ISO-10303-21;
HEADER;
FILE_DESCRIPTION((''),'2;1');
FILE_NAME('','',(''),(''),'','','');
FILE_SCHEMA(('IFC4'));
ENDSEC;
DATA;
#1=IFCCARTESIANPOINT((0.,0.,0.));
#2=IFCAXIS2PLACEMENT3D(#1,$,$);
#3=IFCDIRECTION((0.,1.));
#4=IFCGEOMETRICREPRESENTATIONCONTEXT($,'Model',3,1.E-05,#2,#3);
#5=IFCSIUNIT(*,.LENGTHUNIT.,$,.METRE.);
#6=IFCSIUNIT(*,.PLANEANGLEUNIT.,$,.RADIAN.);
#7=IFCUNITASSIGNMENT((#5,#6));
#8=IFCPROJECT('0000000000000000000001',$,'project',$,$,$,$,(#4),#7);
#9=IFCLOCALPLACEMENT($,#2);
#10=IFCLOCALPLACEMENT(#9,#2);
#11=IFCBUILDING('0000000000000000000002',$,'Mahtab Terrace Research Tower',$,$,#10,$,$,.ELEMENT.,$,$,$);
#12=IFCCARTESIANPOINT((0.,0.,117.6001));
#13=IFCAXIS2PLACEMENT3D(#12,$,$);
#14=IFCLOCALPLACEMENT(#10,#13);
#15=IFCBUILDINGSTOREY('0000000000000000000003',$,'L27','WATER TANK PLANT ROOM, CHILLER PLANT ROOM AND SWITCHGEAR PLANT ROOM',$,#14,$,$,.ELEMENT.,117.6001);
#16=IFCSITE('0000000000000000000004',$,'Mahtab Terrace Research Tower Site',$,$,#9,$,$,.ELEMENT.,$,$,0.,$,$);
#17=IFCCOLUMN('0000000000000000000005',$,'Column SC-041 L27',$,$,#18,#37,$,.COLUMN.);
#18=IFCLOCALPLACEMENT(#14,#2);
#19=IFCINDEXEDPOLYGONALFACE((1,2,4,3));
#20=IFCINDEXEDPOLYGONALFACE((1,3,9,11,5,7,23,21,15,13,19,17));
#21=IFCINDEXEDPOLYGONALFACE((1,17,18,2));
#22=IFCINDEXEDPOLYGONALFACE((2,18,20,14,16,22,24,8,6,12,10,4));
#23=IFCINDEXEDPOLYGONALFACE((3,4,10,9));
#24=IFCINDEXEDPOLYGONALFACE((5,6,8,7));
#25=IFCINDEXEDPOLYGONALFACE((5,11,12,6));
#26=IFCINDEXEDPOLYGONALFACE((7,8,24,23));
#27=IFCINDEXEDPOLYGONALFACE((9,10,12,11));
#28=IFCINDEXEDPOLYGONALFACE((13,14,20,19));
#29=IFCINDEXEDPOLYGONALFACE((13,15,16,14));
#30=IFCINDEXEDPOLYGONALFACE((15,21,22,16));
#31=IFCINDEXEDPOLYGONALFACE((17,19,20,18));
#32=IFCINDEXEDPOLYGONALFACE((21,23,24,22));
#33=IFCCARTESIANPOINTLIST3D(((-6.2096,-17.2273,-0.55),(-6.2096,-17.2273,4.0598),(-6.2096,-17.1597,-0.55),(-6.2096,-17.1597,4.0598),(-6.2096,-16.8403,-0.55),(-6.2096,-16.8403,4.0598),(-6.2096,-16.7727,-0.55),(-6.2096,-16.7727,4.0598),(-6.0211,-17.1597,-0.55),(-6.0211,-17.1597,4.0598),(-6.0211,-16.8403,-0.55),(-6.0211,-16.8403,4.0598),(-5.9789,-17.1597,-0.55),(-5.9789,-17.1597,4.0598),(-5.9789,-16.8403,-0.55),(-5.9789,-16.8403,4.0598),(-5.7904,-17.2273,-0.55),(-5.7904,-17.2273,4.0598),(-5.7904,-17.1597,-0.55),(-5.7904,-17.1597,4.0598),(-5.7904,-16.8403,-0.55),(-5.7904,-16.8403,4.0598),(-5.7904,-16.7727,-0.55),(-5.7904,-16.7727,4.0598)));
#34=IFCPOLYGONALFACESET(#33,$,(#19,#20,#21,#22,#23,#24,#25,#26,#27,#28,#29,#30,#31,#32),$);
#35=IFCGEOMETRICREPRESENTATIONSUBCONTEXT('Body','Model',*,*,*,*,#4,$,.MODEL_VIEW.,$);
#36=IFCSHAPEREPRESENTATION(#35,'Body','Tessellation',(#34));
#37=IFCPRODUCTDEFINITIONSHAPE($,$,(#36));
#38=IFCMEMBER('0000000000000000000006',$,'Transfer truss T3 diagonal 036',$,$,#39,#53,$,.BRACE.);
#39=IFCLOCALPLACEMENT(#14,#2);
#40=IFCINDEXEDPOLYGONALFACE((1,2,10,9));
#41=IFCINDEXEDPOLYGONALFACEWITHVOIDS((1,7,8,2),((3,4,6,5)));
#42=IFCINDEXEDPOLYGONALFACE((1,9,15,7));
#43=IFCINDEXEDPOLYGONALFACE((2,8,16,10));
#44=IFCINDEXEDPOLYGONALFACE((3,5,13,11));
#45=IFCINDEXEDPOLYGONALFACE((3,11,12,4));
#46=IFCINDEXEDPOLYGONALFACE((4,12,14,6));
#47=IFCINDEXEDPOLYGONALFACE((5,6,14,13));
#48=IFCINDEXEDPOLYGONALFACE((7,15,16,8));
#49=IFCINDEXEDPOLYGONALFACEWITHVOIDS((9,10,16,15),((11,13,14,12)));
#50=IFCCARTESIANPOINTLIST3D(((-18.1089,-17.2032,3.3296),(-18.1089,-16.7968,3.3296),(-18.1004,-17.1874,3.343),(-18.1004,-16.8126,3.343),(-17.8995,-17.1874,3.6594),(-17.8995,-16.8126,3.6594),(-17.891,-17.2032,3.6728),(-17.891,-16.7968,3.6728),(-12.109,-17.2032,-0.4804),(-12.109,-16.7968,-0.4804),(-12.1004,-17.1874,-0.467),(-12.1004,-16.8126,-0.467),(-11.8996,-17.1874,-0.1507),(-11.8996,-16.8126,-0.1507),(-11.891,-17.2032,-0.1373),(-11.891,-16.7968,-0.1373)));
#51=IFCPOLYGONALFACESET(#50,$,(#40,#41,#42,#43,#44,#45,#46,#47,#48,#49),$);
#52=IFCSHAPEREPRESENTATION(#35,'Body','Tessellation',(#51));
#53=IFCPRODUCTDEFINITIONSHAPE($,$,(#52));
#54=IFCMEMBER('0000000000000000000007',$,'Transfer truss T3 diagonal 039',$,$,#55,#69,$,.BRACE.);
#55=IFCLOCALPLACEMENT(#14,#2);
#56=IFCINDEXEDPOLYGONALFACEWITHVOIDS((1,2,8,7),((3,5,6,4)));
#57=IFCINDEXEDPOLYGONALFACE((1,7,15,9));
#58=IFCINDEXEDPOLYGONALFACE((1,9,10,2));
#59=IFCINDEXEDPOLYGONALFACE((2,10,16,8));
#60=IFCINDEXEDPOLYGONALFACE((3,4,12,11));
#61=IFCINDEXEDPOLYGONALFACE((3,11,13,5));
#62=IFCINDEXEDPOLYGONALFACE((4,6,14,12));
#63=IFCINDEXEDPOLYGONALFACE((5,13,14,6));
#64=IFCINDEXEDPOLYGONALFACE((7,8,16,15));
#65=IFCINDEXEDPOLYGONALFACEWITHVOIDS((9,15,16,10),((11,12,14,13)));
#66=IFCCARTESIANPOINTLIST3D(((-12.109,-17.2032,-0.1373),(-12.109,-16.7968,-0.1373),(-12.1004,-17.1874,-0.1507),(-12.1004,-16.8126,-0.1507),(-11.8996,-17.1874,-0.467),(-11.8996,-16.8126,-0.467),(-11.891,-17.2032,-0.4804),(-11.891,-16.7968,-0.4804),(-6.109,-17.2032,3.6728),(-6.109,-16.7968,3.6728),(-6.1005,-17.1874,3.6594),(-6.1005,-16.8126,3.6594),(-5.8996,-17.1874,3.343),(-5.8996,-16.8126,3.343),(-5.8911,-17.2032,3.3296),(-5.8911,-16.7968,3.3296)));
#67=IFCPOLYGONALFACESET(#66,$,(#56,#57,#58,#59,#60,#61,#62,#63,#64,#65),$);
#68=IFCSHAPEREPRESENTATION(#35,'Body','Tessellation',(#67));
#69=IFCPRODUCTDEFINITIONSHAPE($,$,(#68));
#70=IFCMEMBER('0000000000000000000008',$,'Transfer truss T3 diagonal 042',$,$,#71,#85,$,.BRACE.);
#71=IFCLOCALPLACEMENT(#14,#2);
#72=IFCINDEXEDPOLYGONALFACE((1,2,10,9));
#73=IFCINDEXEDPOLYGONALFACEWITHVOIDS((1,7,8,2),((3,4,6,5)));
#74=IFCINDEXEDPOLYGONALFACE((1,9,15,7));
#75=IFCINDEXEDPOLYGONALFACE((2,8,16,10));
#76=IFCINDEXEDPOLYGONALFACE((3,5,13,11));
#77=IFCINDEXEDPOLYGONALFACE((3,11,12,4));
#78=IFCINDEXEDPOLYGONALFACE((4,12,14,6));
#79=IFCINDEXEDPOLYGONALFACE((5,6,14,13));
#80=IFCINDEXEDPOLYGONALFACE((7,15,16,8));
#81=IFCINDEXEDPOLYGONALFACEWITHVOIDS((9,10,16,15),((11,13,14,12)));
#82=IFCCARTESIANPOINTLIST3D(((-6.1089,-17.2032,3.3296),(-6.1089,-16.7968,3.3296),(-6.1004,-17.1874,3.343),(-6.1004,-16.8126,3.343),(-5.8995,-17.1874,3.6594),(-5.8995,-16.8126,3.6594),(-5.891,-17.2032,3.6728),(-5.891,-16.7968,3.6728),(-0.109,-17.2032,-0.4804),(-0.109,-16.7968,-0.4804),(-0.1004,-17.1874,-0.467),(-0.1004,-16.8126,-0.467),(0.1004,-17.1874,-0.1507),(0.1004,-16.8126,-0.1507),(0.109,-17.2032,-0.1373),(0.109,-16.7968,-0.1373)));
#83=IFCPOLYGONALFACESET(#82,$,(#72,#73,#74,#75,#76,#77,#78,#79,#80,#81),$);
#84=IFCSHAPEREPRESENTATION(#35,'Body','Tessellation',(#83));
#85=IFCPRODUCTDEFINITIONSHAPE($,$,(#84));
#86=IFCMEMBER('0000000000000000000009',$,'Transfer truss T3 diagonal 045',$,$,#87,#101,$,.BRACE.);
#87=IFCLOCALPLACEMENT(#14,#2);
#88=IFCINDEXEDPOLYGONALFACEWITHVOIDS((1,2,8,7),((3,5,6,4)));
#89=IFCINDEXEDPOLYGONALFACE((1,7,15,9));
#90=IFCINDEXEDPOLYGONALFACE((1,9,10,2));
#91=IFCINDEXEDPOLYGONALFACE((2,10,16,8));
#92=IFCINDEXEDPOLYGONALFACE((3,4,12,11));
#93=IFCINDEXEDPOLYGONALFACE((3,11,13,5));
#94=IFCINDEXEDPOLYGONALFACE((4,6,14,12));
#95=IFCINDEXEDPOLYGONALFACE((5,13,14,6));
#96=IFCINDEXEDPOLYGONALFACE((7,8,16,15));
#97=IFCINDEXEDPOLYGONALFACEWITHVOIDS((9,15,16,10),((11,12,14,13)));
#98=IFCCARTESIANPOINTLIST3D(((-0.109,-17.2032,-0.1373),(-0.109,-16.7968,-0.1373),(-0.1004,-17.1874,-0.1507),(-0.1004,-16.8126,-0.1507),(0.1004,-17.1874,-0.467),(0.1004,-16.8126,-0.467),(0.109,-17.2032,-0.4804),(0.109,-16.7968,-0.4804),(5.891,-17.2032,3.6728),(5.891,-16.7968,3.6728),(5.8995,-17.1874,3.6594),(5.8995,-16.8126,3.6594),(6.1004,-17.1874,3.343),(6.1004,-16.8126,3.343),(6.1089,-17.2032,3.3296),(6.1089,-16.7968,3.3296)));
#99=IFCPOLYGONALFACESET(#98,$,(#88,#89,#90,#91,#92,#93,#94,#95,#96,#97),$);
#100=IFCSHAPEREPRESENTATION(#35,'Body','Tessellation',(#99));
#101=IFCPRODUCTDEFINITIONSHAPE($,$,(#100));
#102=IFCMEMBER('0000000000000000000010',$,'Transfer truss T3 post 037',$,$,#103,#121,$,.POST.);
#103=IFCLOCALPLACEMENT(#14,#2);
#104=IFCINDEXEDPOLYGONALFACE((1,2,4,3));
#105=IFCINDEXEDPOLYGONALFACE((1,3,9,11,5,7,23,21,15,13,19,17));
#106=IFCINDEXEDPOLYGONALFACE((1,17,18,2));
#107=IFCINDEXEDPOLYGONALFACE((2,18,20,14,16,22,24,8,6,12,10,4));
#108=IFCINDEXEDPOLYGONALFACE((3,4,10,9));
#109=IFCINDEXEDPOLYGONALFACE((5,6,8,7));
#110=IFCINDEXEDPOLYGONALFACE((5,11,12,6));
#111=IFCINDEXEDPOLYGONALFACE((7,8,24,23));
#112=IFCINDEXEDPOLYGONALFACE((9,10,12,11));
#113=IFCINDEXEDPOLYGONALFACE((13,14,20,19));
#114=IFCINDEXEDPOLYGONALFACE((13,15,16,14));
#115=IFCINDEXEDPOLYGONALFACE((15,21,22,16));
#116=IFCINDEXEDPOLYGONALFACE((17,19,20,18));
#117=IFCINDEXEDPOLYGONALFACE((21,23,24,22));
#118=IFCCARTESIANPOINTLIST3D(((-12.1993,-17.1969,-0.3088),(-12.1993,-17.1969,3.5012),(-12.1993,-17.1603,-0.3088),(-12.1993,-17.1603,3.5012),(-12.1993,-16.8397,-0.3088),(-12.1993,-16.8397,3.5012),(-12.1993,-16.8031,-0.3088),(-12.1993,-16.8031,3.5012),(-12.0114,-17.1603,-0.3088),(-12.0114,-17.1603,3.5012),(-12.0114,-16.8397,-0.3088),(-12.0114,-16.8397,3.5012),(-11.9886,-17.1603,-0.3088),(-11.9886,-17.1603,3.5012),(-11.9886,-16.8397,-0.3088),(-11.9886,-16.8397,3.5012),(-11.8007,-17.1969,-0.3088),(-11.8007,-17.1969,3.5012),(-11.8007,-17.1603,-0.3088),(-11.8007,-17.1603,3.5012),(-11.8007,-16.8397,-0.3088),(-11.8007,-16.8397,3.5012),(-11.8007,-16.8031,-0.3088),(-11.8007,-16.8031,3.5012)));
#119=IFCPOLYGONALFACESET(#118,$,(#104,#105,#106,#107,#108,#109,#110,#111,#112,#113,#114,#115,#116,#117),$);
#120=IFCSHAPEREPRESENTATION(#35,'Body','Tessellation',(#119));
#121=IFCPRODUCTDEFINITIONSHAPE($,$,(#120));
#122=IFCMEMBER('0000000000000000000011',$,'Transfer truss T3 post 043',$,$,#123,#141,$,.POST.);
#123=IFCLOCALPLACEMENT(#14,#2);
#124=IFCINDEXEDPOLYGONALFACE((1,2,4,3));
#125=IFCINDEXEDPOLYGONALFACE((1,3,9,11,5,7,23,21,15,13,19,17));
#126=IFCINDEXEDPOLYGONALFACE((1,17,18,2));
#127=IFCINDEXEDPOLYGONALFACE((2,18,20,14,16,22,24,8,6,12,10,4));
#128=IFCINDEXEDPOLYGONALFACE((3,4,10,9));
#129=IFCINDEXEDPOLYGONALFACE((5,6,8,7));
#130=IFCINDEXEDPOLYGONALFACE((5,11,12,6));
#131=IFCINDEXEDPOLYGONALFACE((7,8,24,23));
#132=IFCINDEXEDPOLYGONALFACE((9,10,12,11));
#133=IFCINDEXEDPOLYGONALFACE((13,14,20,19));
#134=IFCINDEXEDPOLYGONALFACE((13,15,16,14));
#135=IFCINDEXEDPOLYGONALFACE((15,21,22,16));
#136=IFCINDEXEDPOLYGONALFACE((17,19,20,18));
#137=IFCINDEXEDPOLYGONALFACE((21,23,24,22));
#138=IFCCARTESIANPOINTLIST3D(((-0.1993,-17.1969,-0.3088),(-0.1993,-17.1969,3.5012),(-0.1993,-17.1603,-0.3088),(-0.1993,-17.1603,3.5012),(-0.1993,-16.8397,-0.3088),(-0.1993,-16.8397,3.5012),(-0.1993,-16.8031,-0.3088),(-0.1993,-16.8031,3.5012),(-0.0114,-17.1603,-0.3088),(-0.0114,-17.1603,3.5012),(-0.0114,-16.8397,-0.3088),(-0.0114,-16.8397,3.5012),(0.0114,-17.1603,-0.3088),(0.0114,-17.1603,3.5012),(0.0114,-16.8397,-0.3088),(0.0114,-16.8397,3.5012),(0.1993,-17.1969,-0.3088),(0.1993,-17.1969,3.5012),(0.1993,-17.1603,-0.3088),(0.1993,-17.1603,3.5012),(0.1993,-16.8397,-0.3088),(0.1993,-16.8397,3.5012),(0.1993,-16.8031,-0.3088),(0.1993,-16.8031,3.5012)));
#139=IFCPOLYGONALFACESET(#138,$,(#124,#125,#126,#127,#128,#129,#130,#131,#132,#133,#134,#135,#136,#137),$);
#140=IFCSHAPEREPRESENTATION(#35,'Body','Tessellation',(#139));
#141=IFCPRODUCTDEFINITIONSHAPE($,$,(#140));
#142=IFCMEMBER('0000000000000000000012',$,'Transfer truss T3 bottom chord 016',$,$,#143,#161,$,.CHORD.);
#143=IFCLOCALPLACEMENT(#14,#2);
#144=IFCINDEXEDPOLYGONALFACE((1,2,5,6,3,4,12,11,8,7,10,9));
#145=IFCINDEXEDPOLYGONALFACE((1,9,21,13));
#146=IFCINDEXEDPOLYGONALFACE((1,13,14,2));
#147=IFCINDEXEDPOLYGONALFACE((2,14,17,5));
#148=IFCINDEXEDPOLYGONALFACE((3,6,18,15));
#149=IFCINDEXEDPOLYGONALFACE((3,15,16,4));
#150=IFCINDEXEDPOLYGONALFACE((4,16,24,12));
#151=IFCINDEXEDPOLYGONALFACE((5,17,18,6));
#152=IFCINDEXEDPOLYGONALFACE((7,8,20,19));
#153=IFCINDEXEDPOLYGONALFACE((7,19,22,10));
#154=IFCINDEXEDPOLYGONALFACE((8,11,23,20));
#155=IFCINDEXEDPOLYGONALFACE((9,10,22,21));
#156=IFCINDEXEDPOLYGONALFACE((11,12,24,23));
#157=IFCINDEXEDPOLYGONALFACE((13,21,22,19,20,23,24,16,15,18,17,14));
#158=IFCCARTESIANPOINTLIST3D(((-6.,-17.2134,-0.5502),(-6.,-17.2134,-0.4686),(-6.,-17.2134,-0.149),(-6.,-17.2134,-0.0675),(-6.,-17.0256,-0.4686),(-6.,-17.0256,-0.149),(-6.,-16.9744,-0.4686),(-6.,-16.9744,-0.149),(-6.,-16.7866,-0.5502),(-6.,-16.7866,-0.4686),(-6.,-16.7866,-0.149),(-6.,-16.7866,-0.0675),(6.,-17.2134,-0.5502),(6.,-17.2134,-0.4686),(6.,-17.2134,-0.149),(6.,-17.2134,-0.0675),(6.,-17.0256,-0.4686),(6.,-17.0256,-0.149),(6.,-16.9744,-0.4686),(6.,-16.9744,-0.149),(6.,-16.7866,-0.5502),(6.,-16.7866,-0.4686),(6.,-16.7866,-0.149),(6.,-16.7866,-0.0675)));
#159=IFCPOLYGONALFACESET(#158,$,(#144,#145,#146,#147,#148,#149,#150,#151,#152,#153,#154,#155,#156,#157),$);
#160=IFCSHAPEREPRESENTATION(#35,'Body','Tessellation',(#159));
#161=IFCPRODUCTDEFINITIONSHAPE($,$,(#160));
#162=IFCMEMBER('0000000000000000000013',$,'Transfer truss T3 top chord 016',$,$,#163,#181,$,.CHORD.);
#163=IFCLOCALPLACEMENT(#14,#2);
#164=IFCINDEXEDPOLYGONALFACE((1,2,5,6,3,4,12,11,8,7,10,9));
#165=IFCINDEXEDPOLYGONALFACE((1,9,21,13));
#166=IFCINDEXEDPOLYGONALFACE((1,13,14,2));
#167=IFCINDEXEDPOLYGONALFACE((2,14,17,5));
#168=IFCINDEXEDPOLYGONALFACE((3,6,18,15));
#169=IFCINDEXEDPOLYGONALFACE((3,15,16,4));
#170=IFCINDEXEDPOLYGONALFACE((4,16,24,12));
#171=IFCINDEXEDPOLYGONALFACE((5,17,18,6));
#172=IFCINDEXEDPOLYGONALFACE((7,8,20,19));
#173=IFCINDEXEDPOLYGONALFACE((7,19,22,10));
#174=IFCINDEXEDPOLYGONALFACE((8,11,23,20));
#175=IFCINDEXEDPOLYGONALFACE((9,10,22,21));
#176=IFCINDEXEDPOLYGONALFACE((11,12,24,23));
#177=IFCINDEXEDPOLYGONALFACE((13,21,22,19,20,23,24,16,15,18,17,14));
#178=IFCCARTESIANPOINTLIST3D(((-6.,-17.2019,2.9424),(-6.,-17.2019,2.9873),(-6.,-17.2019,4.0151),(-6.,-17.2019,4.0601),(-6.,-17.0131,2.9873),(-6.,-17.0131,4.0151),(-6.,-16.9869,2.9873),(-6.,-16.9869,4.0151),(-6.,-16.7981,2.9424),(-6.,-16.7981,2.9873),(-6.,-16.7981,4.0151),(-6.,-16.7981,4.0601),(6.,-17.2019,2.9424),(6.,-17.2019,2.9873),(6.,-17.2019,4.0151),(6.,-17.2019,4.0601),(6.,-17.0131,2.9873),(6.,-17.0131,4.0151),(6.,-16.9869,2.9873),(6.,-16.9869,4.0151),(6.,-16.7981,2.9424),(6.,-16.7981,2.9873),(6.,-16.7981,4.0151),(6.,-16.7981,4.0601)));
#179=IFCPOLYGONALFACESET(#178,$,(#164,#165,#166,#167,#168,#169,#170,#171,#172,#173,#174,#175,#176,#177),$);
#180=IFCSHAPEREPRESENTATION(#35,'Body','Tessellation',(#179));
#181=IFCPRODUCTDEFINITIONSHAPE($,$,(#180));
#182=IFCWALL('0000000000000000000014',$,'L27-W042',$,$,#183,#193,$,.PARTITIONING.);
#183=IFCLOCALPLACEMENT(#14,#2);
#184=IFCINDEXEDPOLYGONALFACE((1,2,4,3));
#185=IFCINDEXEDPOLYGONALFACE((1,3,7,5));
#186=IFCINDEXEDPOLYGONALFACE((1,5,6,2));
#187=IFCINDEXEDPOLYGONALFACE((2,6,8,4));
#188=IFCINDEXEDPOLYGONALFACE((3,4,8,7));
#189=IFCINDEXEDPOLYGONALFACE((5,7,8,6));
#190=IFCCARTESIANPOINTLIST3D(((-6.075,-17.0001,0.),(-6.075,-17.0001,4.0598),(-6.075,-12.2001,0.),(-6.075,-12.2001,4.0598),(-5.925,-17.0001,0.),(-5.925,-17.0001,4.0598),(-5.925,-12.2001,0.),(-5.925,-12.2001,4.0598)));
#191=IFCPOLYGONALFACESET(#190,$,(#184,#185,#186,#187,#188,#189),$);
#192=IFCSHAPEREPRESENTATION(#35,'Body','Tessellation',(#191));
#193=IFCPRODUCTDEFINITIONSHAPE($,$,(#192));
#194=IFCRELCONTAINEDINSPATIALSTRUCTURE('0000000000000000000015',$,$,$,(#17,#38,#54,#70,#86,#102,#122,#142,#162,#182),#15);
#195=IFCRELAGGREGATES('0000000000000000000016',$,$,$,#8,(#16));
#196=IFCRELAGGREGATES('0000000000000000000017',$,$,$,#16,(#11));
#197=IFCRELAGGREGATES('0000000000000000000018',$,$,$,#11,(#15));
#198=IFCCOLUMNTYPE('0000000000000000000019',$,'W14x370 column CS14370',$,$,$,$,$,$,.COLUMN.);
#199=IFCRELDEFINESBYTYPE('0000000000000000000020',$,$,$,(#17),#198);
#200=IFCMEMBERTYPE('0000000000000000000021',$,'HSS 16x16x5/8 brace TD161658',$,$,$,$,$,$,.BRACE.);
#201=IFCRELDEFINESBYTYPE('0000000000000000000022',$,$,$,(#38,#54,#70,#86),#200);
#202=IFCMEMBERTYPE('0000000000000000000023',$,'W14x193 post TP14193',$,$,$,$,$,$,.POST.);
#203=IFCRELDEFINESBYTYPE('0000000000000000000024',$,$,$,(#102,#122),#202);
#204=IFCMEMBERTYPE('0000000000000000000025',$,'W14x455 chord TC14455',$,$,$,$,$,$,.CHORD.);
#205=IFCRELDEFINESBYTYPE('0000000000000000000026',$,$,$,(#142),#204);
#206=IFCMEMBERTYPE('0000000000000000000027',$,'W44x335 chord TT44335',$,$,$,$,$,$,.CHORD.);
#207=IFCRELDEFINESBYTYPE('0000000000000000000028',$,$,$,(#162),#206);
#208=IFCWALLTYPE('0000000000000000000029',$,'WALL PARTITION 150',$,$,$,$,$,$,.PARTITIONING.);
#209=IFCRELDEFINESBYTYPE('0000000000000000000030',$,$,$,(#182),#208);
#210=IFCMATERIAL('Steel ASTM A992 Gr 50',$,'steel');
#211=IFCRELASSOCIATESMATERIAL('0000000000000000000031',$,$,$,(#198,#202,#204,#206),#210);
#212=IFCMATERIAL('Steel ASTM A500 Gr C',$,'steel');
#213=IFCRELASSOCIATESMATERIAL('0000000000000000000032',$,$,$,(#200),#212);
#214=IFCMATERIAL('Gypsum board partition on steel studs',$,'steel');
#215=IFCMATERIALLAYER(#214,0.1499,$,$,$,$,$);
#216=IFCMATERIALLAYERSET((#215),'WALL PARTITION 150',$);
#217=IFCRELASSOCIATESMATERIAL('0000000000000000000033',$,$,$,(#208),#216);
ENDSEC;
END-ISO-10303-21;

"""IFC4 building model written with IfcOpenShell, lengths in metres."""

from ifc_helpers import new_model, si_unit, direction, frame, frame_2d, origin, origin_2d, place, context, subcontext, project, spatial, rectangle, hollow_rectangle, i_section, extrude, material, layer, layer_set, material_profile, profile_set, type_object, element, save


model = new_model("IFC4")

# Units and contexts
model_context = context("Model", 3, precision=1e-05, world=origin(), true_north=direction((0.0, 1.0)))
body_context = subcontext(model_context, "Body", "Model", "MODEL_VIEW")
ifc_project = project(units=[si_unit("LENGTHUNIT", "METRE"), si_unit("PLANEANGLEUNIT", "RADIAN")], contexts=[model_context])

# Site, building, storey
site_placement = place(None, origin())
site = spatial("IfcSite", under=ifc_project, at=site_placement, Name="Mahtab Terrace Research Tower Site", CompositionType="ELEMENT", RefElevation=0.0)
building_placement = place(site_placement, origin())
building = spatial("IfcBuilding", under=site, at=building_placement, Name="Mahtab Terrace Research Tower", CompositionType="ELEMENT")
storey_placement = place(building_placement, frame((0.0, 0.0, 117.6001)))
storey = spatial("IfcBuildingStorey", under=building, at=storey_placement, Name="L27", Description="WATER TANK PLANT ROOM, CHILLER PLANT ROOM AND SWITCHGEAR PLANT ROOM", CompositionType="ELEMENT", Elevation=117.6001)

# Column
ifc_material_1 = material(Name="Steel ASTM A992 Gr 50", Category="steel")
ifc_material_profile_1 = material_profile(ifc_material_1, i_section(OverallWidth=0.4192, OverallDepth=0.4546, WebThickness=0.0422, FlangeThickness=0.0676, at=origin_2d()), Name="W14X370")
ifc_profile_set_1 = profile_set([ifc_material_profile_1], Name="Steel ASTM A992 Gr 50")
column_type = type_object("IfcColumnType", Name="W14x370 column CS14370", PredefinedType="COLUMN", material=ifc_profile_set_1)
column_placement = place(storey_placement, frame((-6.0, -17.0, -0.55), z_axis=(0.0, 0.0, 1.0), x_axis=(1.0, 0.0, 0.0)))
element("IfcColumn", 1, at=column_placement, inside=storey, type_object=column_type, Name="Column SC-041 L27", PredefinedType="COLUMN", context=body_context, shape_type="SweptSolid", body=[
    extrude(i_section(OverallWidth=0.4192, OverallDepth=0.4546, WebThickness=0.0422, FlangeThickness=0.0676, at=origin_2d()), origin(), (0.0, 0.0, 1.0), 4.6099),
])

# Members
ifc_material_2 = material(Name="Steel ASTM A500 Gr C", Category="steel")
ifc_material_profile_2 = material_profile(ifc_material_2, hollow_rectangle(XDim=0.4065, YDim=0.4065, WallThickness=0.0159, at=origin_2d()), Name="HSS16X16X5/8")
ifc_profile_set_2 = profile_set([ifc_material_profile_2], Name="Steel ASTM A500 Gr C")
member_type_1 = type_object("IfcMemberType", Name="HSS 16x16x5/8 brace TD161658", PredefinedType="BRACE", material=ifc_profile_set_2)
for number, where, z_axis, x_axis, name in (
    (2, (-12.0, -17.0, -0.3088), (-0.844179, 0.0, 0.536062), (0.0, -1.0, 0.0), "Transfer truss T3 diagonal 036"),
    (3, (-12.0, -17.0, -0.3088), (0.844179, 0.0, 0.536062), (0.0, 1.0, 0.0), "Transfer truss T3 diagonal 039"),
    (4, (0.0, -17.0, -0.3088), (-0.844179, 0.0, 0.536062), (0.0, -1.0, 0.0), "Transfer truss T3 diagonal 042"),
    (5, (0.0, -17.0, -0.3088), (0.844179, 0.0, 0.536062), (0.0, 1.0, 0.0), "Transfer truss T3 diagonal 045"),
):
    element("IfcMember", number, at=place(storey_placement, frame(where, z_axis=z_axis, x_axis=x_axis)), inside=storey, type_object=member_type_1, Name=name, PredefinedType="BRACE", context=body_context, shape_type="SweptSolid", body=[
        extrude(hollow_rectangle(XDim=0.4065, YDim=0.4065, WallThickness=0.0159, at=origin_2d()), origin(), (0.0, 0.0, 1.0), 7.1074),
    ])
ifc_material_profile_3 = material_profile(ifc_material_1, i_section(OverallWidth=0.3987, OverallDepth=0.3938, WebThickness=0.0227, FlangeThickness=0.0366, at=origin_2d()), Name="W14X193")
ifc_profile_set_3 = profile_set([ifc_material_profile_3], Name="Steel ASTM A992 Gr 50")
member_type_2 = type_object("IfcMemberType", Name="W14x193 post TP14193", PredefinedType="POST", material=ifc_profile_set_3)
for number, where, z_axis, x_axis, name in (
    (6, (-12.0, -17.0, -0.3088), (0.0, 0.0, 1.0), (1.0, 0.0, 0.0), "Transfer truss T3 post 037"),
    (7, (0.0, -17.0, -0.3088), (0.0, 0.0, 1.0), (1.0, 0.0, 0.0), "Transfer truss T3 post 043"),
):
    element("IfcMember", number, at=place(storey_placement, frame(where, z_axis=z_axis, x_axis=x_axis)), inside=storey, type_object=member_type_2, Name=name, PredefinedType="POST", context=body_context, shape_type="SweptSolid", body=[
        extrude(i_section(OverallWidth=0.3987, OverallDepth=0.3938, WebThickness=0.0227, FlangeThickness=0.0366, at=origin_2d()), origin(), (0.0, 0.0, 1.0), 3.8101),
    ])
ifc_material_profile_4 = material_profile(ifc_material_1, i_section(OverallWidth=0.4268, OverallDepth=0.4827, WebThickness=0.0513, FlangeThickness=0.0815, at=origin_2d()), Name="W14X455")
ifc_profile_set_4 = profile_set([ifc_material_profile_4], Name="Steel ASTM A992 Gr 50")
member_type_3 = type_object("IfcMemberType", Name="W14x455 chord TC14455", PredefinedType="CHORD", material=ifc_profile_set_4)
member_1_placement = place(storey_placement, frame((-6.0, -17.0, -0.3088), z_axis=(1.0, 0.0, 0.0), x_axis=(0.0, 1.0, 0.0)))
element("IfcMember", 8, at=member_1_placement, inside=storey, type_object=member_type_3, Name="Transfer truss T3 bottom chord 016", PredefinedType="CHORD", context=body_context, shape_type="SweptSolid", body=[
    extrude(i_section(OverallWidth=0.4268, OverallDepth=0.4827, WebThickness=0.0513, FlangeThickness=0.0815, at=origin_2d()), origin(), (0.0, 0.0, 1.0), 12.0),
])
ifc_material_profile_5 = material_profile(ifc_material_1, i_section(OverallWidth=0.4038, OverallDepth=1.1177, WebThickness=0.0261, FlangeThickness=0.0449, at=origin_2d()), Name="W44X335")
ifc_profile_set_5 = profile_set([ifc_material_profile_5], Name="Steel ASTM A992 Gr 50")
member_type_4 = type_object("IfcMemberType", Name="W44x335 chord TT44335", PredefinedType="CHORD", material=ifc_profile_set_5)
member_2_placement = place(storey_placement, frame((-6.0, -17.0, 3.5012), z_axis=(1.0, 0.0, 0.0), x_axis=(0.0, 1.0, 0.0)))
element("IfcMember", 9, at=member_2_placement, inside=storey, type_object=member_type_4, Name="Transfer truss T3 top chord 016", PredefinedType="CHORD", context=body_context, shape_type="SweptSolid", body=[
    extrude(i_section(OverallWidth=0.4038, OverallDepth=1.1177, WebThickness=0.0261, FlangeThickness=0.0449, at=origin_2d()), origin(), (0.0, 0.0, 1.0), 12.0),
])

# Wall
ifc_material_3 = material(Name="Gypsum board partition on steel studs", Category="steel")
ifc_layer_1 = layer(ifc_material_3, 0.1499)
ifc_layer_set_1 = layer_set([ifc_layer_1], Name="WALL PARTITION 150")
wall_type = type_object("IfcWallType", Name="WALL PARTITION 150", PredefinedType="PARTITIONING", material=ifc_layer_set_1)
wall_placement = place(storey_placement, frame((-6.0, -17.0, 0.0), z_axis=(0.0, 0.0, 1.0), x_axis=(0.0, 1.0, 0.0)))
element("IfcWall", 10, at=wall_placement, inside=storey, type_object=wall_type, Name="L27-W042", PredefinedType="PARTITIONING", context=body_context, shape_type="SweptSolid", body=[
    extrude(rectangle(XDim=4.8, YDim=0.1499, at=frame_2d((2.3999, 0.0))), origin(), (0.0, 0.0, 1.0), 4.0598),
])

save(model, "model.ifc")
